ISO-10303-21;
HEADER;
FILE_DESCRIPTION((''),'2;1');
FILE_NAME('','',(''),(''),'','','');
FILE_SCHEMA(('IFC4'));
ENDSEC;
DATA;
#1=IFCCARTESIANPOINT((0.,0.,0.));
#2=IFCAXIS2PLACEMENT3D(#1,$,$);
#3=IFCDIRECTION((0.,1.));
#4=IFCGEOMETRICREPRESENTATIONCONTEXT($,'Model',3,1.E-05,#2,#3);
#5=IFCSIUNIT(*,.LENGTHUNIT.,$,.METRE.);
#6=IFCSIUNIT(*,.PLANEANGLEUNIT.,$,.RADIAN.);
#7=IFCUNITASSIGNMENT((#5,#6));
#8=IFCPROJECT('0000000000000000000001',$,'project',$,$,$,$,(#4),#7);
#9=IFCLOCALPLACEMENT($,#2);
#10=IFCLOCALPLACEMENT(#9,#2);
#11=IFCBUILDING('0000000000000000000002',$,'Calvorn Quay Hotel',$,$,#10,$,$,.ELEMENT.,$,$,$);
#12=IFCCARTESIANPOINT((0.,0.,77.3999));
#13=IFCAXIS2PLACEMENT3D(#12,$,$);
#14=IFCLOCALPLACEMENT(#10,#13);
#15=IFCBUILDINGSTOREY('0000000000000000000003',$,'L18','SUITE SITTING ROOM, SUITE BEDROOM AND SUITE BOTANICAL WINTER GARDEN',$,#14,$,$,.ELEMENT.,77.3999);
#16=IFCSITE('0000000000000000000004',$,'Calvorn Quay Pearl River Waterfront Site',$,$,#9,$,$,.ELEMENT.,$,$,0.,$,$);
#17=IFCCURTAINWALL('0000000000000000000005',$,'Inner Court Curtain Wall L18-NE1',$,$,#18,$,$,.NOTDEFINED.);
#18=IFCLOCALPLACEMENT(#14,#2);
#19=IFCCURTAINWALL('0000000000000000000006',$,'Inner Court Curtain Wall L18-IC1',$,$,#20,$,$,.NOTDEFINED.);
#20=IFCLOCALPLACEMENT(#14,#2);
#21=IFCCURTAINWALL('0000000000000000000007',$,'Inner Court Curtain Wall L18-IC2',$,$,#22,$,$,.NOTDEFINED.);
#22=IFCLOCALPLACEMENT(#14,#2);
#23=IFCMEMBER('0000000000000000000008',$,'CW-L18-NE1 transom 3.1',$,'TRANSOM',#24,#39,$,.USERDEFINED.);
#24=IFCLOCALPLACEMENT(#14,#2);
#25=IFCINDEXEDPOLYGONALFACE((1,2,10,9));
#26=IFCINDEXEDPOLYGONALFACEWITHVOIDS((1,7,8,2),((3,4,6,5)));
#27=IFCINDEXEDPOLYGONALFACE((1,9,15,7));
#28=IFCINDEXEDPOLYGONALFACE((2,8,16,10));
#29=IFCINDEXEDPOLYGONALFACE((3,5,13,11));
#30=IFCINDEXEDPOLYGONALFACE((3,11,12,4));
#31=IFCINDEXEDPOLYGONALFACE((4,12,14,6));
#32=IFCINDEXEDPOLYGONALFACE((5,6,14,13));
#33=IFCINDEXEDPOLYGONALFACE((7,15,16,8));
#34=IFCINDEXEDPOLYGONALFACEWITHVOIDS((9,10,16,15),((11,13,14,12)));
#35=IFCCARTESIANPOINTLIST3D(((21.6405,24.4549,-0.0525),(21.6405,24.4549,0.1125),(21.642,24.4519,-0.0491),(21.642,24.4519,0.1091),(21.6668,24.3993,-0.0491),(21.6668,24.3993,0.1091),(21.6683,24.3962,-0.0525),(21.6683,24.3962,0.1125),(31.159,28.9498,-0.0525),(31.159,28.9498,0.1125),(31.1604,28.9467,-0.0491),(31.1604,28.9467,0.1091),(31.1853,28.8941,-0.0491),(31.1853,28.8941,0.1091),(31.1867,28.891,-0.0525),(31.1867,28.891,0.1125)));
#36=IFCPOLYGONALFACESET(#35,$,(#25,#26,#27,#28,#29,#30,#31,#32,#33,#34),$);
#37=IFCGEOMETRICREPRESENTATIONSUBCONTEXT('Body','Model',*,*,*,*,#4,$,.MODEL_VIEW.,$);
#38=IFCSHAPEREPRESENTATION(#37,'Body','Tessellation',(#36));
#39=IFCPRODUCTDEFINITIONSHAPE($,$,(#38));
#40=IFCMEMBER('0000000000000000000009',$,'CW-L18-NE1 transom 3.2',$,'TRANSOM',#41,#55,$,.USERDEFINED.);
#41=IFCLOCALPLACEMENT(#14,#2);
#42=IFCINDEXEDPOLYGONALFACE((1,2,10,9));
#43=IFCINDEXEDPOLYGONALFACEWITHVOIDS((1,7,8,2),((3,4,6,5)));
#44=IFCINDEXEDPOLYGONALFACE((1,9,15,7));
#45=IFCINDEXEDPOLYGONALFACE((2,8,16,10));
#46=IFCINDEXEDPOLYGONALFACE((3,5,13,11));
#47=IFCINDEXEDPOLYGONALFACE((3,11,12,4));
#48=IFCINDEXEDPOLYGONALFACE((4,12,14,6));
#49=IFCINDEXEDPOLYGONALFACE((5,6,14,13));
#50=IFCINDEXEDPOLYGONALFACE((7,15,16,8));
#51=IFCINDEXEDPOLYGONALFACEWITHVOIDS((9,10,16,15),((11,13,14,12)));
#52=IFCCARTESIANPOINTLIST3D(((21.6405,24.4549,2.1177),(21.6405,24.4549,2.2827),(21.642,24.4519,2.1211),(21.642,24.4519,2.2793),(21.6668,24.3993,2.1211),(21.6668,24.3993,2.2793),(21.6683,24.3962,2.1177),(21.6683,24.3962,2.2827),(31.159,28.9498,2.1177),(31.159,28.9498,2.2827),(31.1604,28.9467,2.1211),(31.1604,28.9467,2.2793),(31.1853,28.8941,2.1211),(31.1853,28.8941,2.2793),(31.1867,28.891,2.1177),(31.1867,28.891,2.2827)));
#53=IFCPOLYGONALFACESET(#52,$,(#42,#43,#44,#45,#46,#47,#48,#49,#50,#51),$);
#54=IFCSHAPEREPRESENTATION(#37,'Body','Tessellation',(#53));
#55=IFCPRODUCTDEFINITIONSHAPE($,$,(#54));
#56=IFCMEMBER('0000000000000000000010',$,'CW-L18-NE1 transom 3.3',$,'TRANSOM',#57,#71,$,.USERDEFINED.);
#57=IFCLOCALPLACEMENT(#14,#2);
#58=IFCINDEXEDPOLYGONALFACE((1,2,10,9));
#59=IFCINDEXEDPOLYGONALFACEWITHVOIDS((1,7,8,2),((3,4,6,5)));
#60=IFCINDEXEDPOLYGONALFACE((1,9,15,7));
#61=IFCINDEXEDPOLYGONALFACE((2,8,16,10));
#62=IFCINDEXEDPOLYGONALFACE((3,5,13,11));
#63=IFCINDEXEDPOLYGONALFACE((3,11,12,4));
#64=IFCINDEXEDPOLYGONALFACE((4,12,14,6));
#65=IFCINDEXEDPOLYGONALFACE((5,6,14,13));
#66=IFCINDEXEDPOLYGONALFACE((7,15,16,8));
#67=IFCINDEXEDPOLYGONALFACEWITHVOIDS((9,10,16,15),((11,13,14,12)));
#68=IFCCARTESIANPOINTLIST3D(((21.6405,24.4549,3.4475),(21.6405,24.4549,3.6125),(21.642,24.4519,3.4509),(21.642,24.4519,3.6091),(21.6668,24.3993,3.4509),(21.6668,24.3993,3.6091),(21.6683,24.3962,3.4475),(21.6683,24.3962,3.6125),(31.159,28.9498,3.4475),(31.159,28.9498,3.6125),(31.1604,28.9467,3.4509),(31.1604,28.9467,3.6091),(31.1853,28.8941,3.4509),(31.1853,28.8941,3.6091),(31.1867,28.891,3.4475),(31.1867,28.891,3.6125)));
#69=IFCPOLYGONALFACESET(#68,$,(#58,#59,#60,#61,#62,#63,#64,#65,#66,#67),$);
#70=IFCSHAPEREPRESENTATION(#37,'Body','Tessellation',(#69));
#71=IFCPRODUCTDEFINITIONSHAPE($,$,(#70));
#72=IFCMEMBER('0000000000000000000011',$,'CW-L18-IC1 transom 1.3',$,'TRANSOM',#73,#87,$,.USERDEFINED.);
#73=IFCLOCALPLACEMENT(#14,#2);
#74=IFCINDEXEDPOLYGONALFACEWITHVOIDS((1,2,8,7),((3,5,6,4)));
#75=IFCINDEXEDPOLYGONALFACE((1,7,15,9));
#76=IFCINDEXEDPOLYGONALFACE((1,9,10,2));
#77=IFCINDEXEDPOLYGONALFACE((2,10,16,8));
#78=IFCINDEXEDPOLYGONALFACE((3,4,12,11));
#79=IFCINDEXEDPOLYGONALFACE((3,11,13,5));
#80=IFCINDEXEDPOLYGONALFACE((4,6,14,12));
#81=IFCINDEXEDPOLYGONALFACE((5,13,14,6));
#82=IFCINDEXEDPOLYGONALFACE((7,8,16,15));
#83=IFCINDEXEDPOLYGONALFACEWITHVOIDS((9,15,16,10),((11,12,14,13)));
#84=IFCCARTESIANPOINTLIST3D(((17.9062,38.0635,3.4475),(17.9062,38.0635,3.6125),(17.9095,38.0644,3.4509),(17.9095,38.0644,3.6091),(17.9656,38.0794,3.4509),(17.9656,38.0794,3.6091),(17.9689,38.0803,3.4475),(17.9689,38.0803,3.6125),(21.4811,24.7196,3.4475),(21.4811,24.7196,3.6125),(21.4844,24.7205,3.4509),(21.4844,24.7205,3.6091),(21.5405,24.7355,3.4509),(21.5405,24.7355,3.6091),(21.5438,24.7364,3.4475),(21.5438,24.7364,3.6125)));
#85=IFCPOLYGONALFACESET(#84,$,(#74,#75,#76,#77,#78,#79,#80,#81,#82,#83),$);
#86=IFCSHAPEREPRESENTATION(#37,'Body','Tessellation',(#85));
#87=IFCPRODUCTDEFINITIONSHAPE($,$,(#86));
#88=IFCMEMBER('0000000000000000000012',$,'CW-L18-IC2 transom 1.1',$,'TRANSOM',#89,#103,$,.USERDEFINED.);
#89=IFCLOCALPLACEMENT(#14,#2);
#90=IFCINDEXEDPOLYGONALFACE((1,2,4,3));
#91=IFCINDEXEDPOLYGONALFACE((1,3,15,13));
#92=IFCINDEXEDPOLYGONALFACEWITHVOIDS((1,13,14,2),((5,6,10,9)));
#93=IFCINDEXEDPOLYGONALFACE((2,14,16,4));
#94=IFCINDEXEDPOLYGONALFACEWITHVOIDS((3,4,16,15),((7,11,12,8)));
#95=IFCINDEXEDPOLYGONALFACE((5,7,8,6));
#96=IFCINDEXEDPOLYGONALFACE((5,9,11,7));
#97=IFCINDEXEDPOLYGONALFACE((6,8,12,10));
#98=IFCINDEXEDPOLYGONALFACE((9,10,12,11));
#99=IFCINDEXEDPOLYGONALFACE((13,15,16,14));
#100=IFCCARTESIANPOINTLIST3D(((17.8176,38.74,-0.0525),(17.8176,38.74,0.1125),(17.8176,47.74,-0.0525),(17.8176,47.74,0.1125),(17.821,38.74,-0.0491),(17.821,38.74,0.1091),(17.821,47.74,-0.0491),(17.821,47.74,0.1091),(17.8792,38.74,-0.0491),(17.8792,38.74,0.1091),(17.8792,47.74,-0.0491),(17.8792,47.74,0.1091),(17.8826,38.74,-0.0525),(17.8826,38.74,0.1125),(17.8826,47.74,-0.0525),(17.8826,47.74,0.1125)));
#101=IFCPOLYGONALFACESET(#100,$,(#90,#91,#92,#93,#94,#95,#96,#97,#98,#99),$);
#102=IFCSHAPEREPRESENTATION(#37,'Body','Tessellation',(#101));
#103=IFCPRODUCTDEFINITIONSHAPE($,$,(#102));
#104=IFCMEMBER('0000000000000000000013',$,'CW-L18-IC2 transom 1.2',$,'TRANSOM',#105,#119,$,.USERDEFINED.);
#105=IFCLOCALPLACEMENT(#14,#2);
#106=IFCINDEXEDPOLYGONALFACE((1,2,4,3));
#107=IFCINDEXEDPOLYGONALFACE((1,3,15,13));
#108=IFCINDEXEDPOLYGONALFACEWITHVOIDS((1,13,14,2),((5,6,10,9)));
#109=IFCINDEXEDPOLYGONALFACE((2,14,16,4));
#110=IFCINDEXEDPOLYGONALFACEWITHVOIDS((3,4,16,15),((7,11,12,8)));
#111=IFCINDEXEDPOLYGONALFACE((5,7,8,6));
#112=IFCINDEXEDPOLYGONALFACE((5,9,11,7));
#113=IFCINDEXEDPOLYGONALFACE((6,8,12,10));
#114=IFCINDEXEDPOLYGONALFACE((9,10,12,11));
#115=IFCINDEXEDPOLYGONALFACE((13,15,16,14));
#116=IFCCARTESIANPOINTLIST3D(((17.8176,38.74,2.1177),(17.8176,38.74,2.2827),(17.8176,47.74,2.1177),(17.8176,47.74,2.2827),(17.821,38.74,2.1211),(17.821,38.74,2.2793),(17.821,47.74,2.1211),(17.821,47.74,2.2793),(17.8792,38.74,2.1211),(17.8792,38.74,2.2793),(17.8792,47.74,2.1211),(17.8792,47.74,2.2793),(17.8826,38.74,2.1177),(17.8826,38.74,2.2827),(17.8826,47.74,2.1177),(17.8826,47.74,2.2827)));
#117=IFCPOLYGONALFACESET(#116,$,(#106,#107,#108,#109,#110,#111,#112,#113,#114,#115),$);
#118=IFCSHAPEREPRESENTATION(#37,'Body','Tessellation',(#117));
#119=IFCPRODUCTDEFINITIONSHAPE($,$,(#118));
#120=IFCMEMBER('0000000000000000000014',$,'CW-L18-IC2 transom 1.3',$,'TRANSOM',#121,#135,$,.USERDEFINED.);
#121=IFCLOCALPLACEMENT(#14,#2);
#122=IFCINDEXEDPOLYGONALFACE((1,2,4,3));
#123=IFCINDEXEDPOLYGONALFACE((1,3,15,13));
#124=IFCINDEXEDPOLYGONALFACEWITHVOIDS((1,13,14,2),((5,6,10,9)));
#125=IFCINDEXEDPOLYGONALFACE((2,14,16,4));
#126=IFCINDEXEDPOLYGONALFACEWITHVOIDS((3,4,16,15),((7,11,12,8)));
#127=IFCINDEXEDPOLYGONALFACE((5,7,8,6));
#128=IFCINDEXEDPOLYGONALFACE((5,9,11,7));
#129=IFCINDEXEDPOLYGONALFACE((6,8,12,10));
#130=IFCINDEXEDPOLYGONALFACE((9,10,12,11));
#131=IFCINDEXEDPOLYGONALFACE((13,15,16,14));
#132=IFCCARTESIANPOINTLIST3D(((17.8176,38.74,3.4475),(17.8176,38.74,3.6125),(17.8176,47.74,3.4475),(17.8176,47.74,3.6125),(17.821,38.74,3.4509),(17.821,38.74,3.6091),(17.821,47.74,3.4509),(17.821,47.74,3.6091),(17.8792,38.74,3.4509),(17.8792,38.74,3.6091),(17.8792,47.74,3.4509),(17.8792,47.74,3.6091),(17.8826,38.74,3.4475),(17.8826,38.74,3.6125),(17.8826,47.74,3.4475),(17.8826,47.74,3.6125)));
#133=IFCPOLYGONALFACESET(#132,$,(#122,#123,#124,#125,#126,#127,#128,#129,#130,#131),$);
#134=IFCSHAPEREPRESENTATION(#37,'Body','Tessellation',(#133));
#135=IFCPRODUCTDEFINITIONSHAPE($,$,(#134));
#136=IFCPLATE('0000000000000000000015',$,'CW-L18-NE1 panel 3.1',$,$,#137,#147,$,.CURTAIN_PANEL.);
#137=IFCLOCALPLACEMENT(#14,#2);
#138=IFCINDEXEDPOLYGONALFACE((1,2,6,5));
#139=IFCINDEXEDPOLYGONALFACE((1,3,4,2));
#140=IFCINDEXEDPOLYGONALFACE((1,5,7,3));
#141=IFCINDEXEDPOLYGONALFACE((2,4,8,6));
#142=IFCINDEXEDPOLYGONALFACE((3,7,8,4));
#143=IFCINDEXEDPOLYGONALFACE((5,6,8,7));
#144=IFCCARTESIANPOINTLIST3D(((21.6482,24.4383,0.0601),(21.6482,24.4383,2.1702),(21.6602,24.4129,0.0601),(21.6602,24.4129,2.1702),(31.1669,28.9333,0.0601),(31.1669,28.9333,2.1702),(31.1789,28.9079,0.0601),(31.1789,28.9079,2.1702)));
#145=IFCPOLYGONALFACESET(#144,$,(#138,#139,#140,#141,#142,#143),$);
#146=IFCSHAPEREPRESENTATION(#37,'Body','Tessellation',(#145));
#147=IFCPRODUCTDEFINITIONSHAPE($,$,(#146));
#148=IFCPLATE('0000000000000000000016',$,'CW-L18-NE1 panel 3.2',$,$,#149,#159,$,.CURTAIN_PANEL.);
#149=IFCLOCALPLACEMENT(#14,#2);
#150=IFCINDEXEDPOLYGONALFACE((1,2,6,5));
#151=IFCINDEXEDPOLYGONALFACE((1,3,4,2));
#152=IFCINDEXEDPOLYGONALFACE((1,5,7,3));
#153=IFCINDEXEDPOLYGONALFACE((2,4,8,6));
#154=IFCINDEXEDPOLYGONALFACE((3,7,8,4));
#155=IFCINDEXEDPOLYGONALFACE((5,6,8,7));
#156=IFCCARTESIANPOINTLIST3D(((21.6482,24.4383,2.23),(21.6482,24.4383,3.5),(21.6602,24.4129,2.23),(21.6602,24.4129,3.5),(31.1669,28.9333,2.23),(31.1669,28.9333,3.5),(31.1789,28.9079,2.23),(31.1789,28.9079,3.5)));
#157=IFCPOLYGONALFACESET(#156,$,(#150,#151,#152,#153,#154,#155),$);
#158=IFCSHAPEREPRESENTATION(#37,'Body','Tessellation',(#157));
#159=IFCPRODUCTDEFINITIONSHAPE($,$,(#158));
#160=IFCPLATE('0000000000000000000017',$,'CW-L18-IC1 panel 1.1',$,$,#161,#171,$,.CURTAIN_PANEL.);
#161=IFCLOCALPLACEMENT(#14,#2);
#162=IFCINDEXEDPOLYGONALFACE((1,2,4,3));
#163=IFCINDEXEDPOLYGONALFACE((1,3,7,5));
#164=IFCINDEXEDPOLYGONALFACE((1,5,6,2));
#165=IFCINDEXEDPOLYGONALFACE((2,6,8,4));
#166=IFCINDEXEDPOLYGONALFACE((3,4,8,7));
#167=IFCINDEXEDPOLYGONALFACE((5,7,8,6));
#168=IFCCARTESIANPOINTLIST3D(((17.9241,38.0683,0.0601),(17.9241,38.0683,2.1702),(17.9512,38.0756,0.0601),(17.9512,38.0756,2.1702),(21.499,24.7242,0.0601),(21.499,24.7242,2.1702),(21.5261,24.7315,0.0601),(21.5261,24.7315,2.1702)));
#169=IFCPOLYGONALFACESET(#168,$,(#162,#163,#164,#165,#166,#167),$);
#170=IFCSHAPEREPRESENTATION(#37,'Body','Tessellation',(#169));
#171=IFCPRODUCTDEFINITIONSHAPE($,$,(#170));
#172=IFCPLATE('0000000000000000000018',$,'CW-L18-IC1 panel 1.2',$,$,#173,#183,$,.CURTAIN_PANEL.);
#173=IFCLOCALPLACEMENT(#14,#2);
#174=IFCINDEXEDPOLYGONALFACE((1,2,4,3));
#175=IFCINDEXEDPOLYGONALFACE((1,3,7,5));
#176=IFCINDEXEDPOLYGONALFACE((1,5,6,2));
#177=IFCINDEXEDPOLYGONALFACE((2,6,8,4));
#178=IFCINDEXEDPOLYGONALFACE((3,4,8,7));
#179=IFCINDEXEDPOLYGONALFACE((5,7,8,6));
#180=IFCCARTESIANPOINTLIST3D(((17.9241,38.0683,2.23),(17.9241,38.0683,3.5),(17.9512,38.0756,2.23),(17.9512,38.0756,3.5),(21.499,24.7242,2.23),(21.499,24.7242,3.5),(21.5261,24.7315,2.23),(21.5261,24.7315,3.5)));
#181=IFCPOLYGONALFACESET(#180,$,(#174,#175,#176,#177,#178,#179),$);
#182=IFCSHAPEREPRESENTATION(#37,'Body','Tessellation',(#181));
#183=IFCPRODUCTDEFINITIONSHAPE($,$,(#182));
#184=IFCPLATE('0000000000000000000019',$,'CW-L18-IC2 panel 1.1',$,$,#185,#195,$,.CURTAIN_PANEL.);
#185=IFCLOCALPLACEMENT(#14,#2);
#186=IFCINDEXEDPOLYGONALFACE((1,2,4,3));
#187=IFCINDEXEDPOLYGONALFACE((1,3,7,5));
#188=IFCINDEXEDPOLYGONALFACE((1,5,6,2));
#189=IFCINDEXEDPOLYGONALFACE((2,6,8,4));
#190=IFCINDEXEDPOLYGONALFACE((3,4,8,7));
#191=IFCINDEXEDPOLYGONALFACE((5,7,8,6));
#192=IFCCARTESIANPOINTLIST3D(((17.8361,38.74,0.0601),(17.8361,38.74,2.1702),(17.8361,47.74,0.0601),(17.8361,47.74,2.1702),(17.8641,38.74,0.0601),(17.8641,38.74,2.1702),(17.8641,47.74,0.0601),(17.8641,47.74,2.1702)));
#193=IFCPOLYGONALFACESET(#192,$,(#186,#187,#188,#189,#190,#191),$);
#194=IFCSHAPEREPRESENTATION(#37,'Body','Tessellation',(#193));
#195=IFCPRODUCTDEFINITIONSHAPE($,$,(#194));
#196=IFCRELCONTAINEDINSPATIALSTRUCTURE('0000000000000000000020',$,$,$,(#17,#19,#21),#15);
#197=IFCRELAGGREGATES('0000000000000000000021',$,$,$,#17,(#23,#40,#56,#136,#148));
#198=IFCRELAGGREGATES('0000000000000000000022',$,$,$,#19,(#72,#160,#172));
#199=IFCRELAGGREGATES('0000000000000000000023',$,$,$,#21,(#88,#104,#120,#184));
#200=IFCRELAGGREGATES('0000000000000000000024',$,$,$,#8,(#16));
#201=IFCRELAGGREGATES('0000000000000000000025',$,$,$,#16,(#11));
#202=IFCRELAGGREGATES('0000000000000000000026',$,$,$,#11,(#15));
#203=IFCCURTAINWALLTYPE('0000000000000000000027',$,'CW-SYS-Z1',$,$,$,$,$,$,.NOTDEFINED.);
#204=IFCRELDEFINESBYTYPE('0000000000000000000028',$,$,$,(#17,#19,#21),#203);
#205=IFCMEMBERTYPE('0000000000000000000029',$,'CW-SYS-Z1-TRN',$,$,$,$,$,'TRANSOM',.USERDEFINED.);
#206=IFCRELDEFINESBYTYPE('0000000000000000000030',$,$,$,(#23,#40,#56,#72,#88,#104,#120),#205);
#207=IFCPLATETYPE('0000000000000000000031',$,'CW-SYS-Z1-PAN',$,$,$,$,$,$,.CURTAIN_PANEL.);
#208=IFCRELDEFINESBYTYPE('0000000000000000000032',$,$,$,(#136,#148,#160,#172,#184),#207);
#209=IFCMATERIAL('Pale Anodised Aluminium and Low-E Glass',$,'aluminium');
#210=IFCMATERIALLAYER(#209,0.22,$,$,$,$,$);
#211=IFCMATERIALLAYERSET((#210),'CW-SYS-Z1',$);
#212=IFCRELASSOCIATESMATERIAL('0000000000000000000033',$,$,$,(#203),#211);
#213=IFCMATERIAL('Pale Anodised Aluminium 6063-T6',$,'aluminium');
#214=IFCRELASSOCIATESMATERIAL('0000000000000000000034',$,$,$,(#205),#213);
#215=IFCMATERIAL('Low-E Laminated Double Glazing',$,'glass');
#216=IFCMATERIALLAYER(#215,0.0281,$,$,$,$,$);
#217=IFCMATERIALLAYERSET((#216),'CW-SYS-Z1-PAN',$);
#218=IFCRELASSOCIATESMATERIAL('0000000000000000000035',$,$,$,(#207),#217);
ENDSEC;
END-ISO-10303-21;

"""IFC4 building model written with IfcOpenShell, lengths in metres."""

from ifc_helpers import new_model, si_unit, direction, frame, origin, origin_2d, place, context, subcontext, project, spatial, rectangle, hollow_rectangle, extrude, material, layer, layer_set, material_profile, profile_set, type_object, element, aggregate, save


model = new_model("IFC4")

# Units and contexts
model_context = context("Model", 3, precision=1e-05, world=origin(), true_north=direction((0.0, 1.0)))
body_context = subcontext(model_context, "Body", "Model", "MODEL_VIEW")
ifc_project = project(units=[si_unit("LENGTHUNIT", "METRE"), si_unit("PLANEANGLEUNIT", "RADIAN")], contexts=[model_context])

# Site, building, storey
site_placement = place(None, origin())
site = spatial("IfcSite", under=ifc_project, at=site_placement, Name="Calvorn Quay Pearl River Waterfront Site", CompositionType="ELEMENT", RefElevation=0.0)
building_placement = place(site_placement, origin())
building = spatial("IfcBuilding", under=site, at=building_placement, Name="Calvorn Quay Hotel", CompositionType="ELEMENT")
storey_placement = place(building_placement, frame((0.0, 0.0, 77.3999)))
storey = spatial("IfcBuildingStorey", under=building, at=storey_placement, Name="L18", Description="SUITE SITTING ROOM, SUITE BEDROOM AND SUITE BOTANICAL WINTER GARDEN", CompositionType="ELEMENT", Elevation=77.3999)

# Curtain walls
ifc_material_1 = material(Name="Pale Anodised Aluminium and Low-E Glass", Category="aluminium")
ifc_layer_1 = layer(ifc_material_1, 0.22)
ifc_layer_set_1 = layer_set([ifc_layer_1], Name="CW-SYS-Z1")
curtain_wall_type = type_object("IfcCurtainWallType", Name="CW-SYS-Z1", PredefinedType="NOTDEFINED", material=ifc_layer_set_1)
curtain_wall_1_placement = place(storey_placement, origin())
curtain_wall_1 = element("IfcCurtainWall", 1, at=curtain_wall_1_placement, inside=storey, type_object=curtain_wall_type, Name="Inner Court Curtain Wall L18-NE1", PredefinedType="NOTDEFINED")
curtain_wall_2_placement = place(storey_placement, origin())
curtain_wall_2 = element("IfcCurtainWall", 2, at=curtain_wall_2_placement, inside=storey, type_object=curtain_wall_type, Name="Inner Court Curtain Wall L18-IC1", PredefinedType="NOTDEFINED")

# Curtain wall
curtain_wall_3_placement = place(storey_placement, origin())
curtain_wall_3 = element("IfcCurtainWall", 3, at=curtain_wall_3_placement, inside=storey, type_object=curtain_wall_type, Name="Inner Court Curtain Wall L18-IC2", PredefinedType="NOTDEFINED")

# Members
ifc_material_2 = material(Name="Pale Anodised Aluminium 6063-T6", Category="aluminium")
ifc_material_profile_1 = material_profile(ifc_material_2, hollow_rectangle(XDim=0.0649, YDim=0.165, WallThickness=0.0034, at=origin_2d()), Name="ALU-T165x65x3.5")
ifc_profile_set_1 = profile_set([ifc_material_profile_1], Name="Pale Anodised Aluminium 6063-T6")
member_type_1 = type_object("IfcMemberType", Name="CW-SYS-Z1-TRN", ElementType="TRANSOM", PredefinedType="USERDEFINED", material=ifc_profile_set_1)
member_1_placement = place(storey_placement, frame((31.1729, 28.9204, 0.03), z_axis=(-0.904249, -0.427006, 0.0), x_axis=(0.427006, -0.904249, 0.0)))
member_1 = element("IfcMember", 4, at=member_1_placement, type_object=member_type_1, Name="CW-L18-NE1 transom 3.1", ObjectType="TRANSOM", PredefinedType="USERDEFINED", context=body_context, shape_type="SweptSolid", body=[
    extrude(hollow_rectangle(XDim=0.0649, YDim=0.165, WallThickness=0.0034, at=origin_2d()), origin(), (0.0, 0.0, 1.0), 10.5264),
])
member_2_placement = place(storey_placement, frame((31.1729, 28.9204, 2.2002), z_axis=(-0.904249, -0.427006, 0.0), x_axis=(0.427006, -0.904249, 0.0)))
member_2 = element("IfcMember", 5, at=member_2_placement, type_object=member_type_1, Name="CW-L18-NE1 transom 3.2", ObjectType="TRANSOM", PredefinedType="USERDEFINED", context=body_context, shape_type="SweptSolid", body=[
    extrude(hollow_rectangle(XDim=0.0649, YDim=0.165, WallThickness=0.0034, at=origin_2d()), origin(), (0.0, 0.0, 1.0), 10.5264),
])
member_3_placement = place(storey_placement, frame((31.1729, 28.9204, 3.53), z_axis=(-0.904249, -0.427006, 0.0), x_axis=(0.427006, -0.904249, 0.0)))
member_3 = element("IfcMember", 6, at=member_3_placement, type_object=member_type_1, Name="CW-L18-NE1 transom 3.3", ObjectType="TRANSOM", PredefinedType="USERDEFINED", context=body_context, shape_type="SweptSolid", body=[
    extrude(hollow_rectangle(XDim=0.0649, YDim=0.165, WallThickness=0.0034, at=origin_2d()), origin(), (0.0, 0.0, 1.0), 10.5264),
])
member_4_placement = place(storey_placement, frame((21.5125, 24.728, 3.53), z_axis=(-0.258781, 0.965936, 0.0), x_axis=(-0.965936, -0.258781, 0.0)))
member_4 = element("IfcMember", 7, at=member_4_placement, type_object=member_type_1, Name="CW-L18-IC1 transom 1.3", ObjectType="TRANSOM", PredefinedType="USERDEFINED", context=body_context, shape_type="SweptSolid", body=[
    extrude(hollow_rectangle(XDim=0.0649, YDim=0.165, WallThickness=0.0034, at=origin_2d()), origin(), (0.0, 0.0, 1.0), 13.8145),
])
member_5_placement = place(storey_placement, frame((17.8501, 38.74, 0.03), z_axis=(0.0, 1.0, 0.0), x_axis=(-1.0, 0.0, 0.0)))
member_5 = element("IfcMember", 8, at=member_5_placement, type_object=member_type_1, Name="CW-L18-IC2 transom 1.1", ObjectType="TRANSOM", PredefinedType="USERDEFINED", context=body_context, shape_type="SweptSolid", body=[
    extrude(hollow_rectangle(XDim=0.0649, YDim=0.165, WallThickness=0.0034, at=origin_2d()), origin(), (0.0, 0.0, 1.0), 9.0),
])
member_6_placement = place(storey_placement, frame((17.8501, 38.74, 2.2002), z_axis=(0.0, 1.0, 0.0), x_axis=(-1.0, 0.0, 0.0)))
member_6 = element("IfcMember", 9, at=member_6_placement, type_object=member_type_1, Name="CW-L18-IC2 transom 1.2", ObjectType="TRANSOM", PredefinedType="USERDEFINED", context=body_context, shape_type="SweptSolid", body=[
    extrude(hollow_rectangle(XDim=0.0649, YDim=0.165, WallThickness=0.0034, at=origin_2d()), origin(), (0.0, 0.0, 1.0), 9.0),
])
member_7_placement = place(storey_placement, frame((17.8501, 38.74, 3.53), z_axis=(0.0, 1.0, 0.0), x_axis=(-1.0, 0.0, 0.0)))
member_7 = element("IfcMember", 10, at=member_7_placement, type_object=member_type_1, Name="CW-L18-IC2 transom 1.3", ObjectType="TRANSOM", PredefinedType="USERDEFINED", context=body_context, shape_type="SweptSolid", body=[
    extrude(hollow_rectangle(XDim=0.0649, YDim=0.165, WallThickness=0.0034, at=origin_2d()), origin(), (0.0, 0.0, 1.0), 9.0),
])

# Plates
ifc_material_3 = material(Name="Low-E Laminated Double Glazing", Category="glass")
ifc_layer_2 = layer(ifc_material_3, 0.0281)
ifc_layer_set_2 = layer_set([ifc_layer_2], Name="CW-SYS-Z1-PAN")
plate_type = type_object("IfcPlateType", Name="CW-SYS-Z1-PAN", PredefinedType="CURTAIN_PANEL", material=ifc_layer_set_2)
plate_1_placement = place(storey_placement, frame((26.4136, 26.6731, 0.0601), z_axis=(0.0, 0.0, 1.0), x_axis=(-0.904249, -0.427006, 0.0)))
plate_1 = element("IfcPlate", 11, at=plate_1_placement, type_object=plate_type, Name="CW-L18-NE1 panel 3.1", PredefinedType="CURTAIN_PANEL", context=body_context, shape_type="SweptSolid", body=[
    extrude(rectangle(XDim=10.5266, YDim=0.0281, at=origin_2d()), origin(), (0.0, 0.0, 1.0), 2.1101),
])
plate_2_placement = place(storey_placement, frame((26.4136, 26.6731, 2.23), z_axis=(0.0, 0.0, 1.0), x_axis=(-0.904249, -0.427006, 0.0)))
plate_2 = element("IfcPlate", 12, at=plate_2_placement, type_object=plate_type, Name="CW-L18-NE1 panel 3.2", PredefinedType="CURTAIN_PANEL", context=body_context, shape_type="SweptSolid", body=[
    extrude(rectangle(XDim=10.5266, YDim=0.0281, at=origin_2d()), origin(), (0.0, 0.0, 1.0), 1.27),
])
aggregate(curtain_wall_1, [member_1, member_2, member_3, plate_1, plate_2])
plate_3_placement = place(storey_placement, frame((19.7251, 31.3999, 0.0601), z_axis=(0.0, 0.0, 1.0), x_axis=(-0.258779, 0.965937, 0.0)))
plate_3 = element("IfcPlate", 13, at=plate_3_placement, type_object=plate_type, Name="CW-L18-IC1 panel 1.1", PredefinedType="CURTAIN_PANEL", context=body_context, shape_type="SweptSolid", body=[
    extrude(rectangle(XDim=13.8147, YDim=0.0281, at=origin_2d()), origin(), (0.0, 0.0, 1.0), 2.1101),
])
plate_4_placement = place(storey_placement, frame((19.7251, 31.3999, 2.23), z_axis=(0.0, 0.0, 1.0), x_axis=(-0.258779, 0.965937, 0.0)))
plate_4 = element("IfcPlate", 14, at=plate_4_placement, type_object=plate_type, Name="CW-L18-IC1 panel 1.2", PredefinedType="CURTAIN_PANEL", context=body_context, shape_type="SweptSolid", body=[
    extrude(rectangle(XDim=13.8147, YDim=0.0281, at=origin_2d()), origin(), (0.0, 0.0, 1.0), 1.27),
])
aggregate(curtain_wall_2, [member_4, plate_3, plate_4])
plate_5_placement = place(storey_placement, frame((17.8501, 43.24, 0.0601), z_axis=(0.0, 0.0, 1.0), x_axis=(0.0, 1.0, 0.0)))
plate_5 = element("IfcPlate", 15, at=plate_5_placement, type_object=plate_type, Name="CW-L18-IC2 panel 1.1", PredefinedType="CURTAIN_PANEL", context=body_context, shape_type="SweptSolid", body=[
    extrude(rectangle(XDim=9.0, YDim=0.0281, at=origin_2d()), origin(), (0.0, 0.0, 1.0), 2.1101),
])
aggregate(curtain_wall_3, [member_5, member_6, member_7, plate_5])

save(model, "model.ifc")
